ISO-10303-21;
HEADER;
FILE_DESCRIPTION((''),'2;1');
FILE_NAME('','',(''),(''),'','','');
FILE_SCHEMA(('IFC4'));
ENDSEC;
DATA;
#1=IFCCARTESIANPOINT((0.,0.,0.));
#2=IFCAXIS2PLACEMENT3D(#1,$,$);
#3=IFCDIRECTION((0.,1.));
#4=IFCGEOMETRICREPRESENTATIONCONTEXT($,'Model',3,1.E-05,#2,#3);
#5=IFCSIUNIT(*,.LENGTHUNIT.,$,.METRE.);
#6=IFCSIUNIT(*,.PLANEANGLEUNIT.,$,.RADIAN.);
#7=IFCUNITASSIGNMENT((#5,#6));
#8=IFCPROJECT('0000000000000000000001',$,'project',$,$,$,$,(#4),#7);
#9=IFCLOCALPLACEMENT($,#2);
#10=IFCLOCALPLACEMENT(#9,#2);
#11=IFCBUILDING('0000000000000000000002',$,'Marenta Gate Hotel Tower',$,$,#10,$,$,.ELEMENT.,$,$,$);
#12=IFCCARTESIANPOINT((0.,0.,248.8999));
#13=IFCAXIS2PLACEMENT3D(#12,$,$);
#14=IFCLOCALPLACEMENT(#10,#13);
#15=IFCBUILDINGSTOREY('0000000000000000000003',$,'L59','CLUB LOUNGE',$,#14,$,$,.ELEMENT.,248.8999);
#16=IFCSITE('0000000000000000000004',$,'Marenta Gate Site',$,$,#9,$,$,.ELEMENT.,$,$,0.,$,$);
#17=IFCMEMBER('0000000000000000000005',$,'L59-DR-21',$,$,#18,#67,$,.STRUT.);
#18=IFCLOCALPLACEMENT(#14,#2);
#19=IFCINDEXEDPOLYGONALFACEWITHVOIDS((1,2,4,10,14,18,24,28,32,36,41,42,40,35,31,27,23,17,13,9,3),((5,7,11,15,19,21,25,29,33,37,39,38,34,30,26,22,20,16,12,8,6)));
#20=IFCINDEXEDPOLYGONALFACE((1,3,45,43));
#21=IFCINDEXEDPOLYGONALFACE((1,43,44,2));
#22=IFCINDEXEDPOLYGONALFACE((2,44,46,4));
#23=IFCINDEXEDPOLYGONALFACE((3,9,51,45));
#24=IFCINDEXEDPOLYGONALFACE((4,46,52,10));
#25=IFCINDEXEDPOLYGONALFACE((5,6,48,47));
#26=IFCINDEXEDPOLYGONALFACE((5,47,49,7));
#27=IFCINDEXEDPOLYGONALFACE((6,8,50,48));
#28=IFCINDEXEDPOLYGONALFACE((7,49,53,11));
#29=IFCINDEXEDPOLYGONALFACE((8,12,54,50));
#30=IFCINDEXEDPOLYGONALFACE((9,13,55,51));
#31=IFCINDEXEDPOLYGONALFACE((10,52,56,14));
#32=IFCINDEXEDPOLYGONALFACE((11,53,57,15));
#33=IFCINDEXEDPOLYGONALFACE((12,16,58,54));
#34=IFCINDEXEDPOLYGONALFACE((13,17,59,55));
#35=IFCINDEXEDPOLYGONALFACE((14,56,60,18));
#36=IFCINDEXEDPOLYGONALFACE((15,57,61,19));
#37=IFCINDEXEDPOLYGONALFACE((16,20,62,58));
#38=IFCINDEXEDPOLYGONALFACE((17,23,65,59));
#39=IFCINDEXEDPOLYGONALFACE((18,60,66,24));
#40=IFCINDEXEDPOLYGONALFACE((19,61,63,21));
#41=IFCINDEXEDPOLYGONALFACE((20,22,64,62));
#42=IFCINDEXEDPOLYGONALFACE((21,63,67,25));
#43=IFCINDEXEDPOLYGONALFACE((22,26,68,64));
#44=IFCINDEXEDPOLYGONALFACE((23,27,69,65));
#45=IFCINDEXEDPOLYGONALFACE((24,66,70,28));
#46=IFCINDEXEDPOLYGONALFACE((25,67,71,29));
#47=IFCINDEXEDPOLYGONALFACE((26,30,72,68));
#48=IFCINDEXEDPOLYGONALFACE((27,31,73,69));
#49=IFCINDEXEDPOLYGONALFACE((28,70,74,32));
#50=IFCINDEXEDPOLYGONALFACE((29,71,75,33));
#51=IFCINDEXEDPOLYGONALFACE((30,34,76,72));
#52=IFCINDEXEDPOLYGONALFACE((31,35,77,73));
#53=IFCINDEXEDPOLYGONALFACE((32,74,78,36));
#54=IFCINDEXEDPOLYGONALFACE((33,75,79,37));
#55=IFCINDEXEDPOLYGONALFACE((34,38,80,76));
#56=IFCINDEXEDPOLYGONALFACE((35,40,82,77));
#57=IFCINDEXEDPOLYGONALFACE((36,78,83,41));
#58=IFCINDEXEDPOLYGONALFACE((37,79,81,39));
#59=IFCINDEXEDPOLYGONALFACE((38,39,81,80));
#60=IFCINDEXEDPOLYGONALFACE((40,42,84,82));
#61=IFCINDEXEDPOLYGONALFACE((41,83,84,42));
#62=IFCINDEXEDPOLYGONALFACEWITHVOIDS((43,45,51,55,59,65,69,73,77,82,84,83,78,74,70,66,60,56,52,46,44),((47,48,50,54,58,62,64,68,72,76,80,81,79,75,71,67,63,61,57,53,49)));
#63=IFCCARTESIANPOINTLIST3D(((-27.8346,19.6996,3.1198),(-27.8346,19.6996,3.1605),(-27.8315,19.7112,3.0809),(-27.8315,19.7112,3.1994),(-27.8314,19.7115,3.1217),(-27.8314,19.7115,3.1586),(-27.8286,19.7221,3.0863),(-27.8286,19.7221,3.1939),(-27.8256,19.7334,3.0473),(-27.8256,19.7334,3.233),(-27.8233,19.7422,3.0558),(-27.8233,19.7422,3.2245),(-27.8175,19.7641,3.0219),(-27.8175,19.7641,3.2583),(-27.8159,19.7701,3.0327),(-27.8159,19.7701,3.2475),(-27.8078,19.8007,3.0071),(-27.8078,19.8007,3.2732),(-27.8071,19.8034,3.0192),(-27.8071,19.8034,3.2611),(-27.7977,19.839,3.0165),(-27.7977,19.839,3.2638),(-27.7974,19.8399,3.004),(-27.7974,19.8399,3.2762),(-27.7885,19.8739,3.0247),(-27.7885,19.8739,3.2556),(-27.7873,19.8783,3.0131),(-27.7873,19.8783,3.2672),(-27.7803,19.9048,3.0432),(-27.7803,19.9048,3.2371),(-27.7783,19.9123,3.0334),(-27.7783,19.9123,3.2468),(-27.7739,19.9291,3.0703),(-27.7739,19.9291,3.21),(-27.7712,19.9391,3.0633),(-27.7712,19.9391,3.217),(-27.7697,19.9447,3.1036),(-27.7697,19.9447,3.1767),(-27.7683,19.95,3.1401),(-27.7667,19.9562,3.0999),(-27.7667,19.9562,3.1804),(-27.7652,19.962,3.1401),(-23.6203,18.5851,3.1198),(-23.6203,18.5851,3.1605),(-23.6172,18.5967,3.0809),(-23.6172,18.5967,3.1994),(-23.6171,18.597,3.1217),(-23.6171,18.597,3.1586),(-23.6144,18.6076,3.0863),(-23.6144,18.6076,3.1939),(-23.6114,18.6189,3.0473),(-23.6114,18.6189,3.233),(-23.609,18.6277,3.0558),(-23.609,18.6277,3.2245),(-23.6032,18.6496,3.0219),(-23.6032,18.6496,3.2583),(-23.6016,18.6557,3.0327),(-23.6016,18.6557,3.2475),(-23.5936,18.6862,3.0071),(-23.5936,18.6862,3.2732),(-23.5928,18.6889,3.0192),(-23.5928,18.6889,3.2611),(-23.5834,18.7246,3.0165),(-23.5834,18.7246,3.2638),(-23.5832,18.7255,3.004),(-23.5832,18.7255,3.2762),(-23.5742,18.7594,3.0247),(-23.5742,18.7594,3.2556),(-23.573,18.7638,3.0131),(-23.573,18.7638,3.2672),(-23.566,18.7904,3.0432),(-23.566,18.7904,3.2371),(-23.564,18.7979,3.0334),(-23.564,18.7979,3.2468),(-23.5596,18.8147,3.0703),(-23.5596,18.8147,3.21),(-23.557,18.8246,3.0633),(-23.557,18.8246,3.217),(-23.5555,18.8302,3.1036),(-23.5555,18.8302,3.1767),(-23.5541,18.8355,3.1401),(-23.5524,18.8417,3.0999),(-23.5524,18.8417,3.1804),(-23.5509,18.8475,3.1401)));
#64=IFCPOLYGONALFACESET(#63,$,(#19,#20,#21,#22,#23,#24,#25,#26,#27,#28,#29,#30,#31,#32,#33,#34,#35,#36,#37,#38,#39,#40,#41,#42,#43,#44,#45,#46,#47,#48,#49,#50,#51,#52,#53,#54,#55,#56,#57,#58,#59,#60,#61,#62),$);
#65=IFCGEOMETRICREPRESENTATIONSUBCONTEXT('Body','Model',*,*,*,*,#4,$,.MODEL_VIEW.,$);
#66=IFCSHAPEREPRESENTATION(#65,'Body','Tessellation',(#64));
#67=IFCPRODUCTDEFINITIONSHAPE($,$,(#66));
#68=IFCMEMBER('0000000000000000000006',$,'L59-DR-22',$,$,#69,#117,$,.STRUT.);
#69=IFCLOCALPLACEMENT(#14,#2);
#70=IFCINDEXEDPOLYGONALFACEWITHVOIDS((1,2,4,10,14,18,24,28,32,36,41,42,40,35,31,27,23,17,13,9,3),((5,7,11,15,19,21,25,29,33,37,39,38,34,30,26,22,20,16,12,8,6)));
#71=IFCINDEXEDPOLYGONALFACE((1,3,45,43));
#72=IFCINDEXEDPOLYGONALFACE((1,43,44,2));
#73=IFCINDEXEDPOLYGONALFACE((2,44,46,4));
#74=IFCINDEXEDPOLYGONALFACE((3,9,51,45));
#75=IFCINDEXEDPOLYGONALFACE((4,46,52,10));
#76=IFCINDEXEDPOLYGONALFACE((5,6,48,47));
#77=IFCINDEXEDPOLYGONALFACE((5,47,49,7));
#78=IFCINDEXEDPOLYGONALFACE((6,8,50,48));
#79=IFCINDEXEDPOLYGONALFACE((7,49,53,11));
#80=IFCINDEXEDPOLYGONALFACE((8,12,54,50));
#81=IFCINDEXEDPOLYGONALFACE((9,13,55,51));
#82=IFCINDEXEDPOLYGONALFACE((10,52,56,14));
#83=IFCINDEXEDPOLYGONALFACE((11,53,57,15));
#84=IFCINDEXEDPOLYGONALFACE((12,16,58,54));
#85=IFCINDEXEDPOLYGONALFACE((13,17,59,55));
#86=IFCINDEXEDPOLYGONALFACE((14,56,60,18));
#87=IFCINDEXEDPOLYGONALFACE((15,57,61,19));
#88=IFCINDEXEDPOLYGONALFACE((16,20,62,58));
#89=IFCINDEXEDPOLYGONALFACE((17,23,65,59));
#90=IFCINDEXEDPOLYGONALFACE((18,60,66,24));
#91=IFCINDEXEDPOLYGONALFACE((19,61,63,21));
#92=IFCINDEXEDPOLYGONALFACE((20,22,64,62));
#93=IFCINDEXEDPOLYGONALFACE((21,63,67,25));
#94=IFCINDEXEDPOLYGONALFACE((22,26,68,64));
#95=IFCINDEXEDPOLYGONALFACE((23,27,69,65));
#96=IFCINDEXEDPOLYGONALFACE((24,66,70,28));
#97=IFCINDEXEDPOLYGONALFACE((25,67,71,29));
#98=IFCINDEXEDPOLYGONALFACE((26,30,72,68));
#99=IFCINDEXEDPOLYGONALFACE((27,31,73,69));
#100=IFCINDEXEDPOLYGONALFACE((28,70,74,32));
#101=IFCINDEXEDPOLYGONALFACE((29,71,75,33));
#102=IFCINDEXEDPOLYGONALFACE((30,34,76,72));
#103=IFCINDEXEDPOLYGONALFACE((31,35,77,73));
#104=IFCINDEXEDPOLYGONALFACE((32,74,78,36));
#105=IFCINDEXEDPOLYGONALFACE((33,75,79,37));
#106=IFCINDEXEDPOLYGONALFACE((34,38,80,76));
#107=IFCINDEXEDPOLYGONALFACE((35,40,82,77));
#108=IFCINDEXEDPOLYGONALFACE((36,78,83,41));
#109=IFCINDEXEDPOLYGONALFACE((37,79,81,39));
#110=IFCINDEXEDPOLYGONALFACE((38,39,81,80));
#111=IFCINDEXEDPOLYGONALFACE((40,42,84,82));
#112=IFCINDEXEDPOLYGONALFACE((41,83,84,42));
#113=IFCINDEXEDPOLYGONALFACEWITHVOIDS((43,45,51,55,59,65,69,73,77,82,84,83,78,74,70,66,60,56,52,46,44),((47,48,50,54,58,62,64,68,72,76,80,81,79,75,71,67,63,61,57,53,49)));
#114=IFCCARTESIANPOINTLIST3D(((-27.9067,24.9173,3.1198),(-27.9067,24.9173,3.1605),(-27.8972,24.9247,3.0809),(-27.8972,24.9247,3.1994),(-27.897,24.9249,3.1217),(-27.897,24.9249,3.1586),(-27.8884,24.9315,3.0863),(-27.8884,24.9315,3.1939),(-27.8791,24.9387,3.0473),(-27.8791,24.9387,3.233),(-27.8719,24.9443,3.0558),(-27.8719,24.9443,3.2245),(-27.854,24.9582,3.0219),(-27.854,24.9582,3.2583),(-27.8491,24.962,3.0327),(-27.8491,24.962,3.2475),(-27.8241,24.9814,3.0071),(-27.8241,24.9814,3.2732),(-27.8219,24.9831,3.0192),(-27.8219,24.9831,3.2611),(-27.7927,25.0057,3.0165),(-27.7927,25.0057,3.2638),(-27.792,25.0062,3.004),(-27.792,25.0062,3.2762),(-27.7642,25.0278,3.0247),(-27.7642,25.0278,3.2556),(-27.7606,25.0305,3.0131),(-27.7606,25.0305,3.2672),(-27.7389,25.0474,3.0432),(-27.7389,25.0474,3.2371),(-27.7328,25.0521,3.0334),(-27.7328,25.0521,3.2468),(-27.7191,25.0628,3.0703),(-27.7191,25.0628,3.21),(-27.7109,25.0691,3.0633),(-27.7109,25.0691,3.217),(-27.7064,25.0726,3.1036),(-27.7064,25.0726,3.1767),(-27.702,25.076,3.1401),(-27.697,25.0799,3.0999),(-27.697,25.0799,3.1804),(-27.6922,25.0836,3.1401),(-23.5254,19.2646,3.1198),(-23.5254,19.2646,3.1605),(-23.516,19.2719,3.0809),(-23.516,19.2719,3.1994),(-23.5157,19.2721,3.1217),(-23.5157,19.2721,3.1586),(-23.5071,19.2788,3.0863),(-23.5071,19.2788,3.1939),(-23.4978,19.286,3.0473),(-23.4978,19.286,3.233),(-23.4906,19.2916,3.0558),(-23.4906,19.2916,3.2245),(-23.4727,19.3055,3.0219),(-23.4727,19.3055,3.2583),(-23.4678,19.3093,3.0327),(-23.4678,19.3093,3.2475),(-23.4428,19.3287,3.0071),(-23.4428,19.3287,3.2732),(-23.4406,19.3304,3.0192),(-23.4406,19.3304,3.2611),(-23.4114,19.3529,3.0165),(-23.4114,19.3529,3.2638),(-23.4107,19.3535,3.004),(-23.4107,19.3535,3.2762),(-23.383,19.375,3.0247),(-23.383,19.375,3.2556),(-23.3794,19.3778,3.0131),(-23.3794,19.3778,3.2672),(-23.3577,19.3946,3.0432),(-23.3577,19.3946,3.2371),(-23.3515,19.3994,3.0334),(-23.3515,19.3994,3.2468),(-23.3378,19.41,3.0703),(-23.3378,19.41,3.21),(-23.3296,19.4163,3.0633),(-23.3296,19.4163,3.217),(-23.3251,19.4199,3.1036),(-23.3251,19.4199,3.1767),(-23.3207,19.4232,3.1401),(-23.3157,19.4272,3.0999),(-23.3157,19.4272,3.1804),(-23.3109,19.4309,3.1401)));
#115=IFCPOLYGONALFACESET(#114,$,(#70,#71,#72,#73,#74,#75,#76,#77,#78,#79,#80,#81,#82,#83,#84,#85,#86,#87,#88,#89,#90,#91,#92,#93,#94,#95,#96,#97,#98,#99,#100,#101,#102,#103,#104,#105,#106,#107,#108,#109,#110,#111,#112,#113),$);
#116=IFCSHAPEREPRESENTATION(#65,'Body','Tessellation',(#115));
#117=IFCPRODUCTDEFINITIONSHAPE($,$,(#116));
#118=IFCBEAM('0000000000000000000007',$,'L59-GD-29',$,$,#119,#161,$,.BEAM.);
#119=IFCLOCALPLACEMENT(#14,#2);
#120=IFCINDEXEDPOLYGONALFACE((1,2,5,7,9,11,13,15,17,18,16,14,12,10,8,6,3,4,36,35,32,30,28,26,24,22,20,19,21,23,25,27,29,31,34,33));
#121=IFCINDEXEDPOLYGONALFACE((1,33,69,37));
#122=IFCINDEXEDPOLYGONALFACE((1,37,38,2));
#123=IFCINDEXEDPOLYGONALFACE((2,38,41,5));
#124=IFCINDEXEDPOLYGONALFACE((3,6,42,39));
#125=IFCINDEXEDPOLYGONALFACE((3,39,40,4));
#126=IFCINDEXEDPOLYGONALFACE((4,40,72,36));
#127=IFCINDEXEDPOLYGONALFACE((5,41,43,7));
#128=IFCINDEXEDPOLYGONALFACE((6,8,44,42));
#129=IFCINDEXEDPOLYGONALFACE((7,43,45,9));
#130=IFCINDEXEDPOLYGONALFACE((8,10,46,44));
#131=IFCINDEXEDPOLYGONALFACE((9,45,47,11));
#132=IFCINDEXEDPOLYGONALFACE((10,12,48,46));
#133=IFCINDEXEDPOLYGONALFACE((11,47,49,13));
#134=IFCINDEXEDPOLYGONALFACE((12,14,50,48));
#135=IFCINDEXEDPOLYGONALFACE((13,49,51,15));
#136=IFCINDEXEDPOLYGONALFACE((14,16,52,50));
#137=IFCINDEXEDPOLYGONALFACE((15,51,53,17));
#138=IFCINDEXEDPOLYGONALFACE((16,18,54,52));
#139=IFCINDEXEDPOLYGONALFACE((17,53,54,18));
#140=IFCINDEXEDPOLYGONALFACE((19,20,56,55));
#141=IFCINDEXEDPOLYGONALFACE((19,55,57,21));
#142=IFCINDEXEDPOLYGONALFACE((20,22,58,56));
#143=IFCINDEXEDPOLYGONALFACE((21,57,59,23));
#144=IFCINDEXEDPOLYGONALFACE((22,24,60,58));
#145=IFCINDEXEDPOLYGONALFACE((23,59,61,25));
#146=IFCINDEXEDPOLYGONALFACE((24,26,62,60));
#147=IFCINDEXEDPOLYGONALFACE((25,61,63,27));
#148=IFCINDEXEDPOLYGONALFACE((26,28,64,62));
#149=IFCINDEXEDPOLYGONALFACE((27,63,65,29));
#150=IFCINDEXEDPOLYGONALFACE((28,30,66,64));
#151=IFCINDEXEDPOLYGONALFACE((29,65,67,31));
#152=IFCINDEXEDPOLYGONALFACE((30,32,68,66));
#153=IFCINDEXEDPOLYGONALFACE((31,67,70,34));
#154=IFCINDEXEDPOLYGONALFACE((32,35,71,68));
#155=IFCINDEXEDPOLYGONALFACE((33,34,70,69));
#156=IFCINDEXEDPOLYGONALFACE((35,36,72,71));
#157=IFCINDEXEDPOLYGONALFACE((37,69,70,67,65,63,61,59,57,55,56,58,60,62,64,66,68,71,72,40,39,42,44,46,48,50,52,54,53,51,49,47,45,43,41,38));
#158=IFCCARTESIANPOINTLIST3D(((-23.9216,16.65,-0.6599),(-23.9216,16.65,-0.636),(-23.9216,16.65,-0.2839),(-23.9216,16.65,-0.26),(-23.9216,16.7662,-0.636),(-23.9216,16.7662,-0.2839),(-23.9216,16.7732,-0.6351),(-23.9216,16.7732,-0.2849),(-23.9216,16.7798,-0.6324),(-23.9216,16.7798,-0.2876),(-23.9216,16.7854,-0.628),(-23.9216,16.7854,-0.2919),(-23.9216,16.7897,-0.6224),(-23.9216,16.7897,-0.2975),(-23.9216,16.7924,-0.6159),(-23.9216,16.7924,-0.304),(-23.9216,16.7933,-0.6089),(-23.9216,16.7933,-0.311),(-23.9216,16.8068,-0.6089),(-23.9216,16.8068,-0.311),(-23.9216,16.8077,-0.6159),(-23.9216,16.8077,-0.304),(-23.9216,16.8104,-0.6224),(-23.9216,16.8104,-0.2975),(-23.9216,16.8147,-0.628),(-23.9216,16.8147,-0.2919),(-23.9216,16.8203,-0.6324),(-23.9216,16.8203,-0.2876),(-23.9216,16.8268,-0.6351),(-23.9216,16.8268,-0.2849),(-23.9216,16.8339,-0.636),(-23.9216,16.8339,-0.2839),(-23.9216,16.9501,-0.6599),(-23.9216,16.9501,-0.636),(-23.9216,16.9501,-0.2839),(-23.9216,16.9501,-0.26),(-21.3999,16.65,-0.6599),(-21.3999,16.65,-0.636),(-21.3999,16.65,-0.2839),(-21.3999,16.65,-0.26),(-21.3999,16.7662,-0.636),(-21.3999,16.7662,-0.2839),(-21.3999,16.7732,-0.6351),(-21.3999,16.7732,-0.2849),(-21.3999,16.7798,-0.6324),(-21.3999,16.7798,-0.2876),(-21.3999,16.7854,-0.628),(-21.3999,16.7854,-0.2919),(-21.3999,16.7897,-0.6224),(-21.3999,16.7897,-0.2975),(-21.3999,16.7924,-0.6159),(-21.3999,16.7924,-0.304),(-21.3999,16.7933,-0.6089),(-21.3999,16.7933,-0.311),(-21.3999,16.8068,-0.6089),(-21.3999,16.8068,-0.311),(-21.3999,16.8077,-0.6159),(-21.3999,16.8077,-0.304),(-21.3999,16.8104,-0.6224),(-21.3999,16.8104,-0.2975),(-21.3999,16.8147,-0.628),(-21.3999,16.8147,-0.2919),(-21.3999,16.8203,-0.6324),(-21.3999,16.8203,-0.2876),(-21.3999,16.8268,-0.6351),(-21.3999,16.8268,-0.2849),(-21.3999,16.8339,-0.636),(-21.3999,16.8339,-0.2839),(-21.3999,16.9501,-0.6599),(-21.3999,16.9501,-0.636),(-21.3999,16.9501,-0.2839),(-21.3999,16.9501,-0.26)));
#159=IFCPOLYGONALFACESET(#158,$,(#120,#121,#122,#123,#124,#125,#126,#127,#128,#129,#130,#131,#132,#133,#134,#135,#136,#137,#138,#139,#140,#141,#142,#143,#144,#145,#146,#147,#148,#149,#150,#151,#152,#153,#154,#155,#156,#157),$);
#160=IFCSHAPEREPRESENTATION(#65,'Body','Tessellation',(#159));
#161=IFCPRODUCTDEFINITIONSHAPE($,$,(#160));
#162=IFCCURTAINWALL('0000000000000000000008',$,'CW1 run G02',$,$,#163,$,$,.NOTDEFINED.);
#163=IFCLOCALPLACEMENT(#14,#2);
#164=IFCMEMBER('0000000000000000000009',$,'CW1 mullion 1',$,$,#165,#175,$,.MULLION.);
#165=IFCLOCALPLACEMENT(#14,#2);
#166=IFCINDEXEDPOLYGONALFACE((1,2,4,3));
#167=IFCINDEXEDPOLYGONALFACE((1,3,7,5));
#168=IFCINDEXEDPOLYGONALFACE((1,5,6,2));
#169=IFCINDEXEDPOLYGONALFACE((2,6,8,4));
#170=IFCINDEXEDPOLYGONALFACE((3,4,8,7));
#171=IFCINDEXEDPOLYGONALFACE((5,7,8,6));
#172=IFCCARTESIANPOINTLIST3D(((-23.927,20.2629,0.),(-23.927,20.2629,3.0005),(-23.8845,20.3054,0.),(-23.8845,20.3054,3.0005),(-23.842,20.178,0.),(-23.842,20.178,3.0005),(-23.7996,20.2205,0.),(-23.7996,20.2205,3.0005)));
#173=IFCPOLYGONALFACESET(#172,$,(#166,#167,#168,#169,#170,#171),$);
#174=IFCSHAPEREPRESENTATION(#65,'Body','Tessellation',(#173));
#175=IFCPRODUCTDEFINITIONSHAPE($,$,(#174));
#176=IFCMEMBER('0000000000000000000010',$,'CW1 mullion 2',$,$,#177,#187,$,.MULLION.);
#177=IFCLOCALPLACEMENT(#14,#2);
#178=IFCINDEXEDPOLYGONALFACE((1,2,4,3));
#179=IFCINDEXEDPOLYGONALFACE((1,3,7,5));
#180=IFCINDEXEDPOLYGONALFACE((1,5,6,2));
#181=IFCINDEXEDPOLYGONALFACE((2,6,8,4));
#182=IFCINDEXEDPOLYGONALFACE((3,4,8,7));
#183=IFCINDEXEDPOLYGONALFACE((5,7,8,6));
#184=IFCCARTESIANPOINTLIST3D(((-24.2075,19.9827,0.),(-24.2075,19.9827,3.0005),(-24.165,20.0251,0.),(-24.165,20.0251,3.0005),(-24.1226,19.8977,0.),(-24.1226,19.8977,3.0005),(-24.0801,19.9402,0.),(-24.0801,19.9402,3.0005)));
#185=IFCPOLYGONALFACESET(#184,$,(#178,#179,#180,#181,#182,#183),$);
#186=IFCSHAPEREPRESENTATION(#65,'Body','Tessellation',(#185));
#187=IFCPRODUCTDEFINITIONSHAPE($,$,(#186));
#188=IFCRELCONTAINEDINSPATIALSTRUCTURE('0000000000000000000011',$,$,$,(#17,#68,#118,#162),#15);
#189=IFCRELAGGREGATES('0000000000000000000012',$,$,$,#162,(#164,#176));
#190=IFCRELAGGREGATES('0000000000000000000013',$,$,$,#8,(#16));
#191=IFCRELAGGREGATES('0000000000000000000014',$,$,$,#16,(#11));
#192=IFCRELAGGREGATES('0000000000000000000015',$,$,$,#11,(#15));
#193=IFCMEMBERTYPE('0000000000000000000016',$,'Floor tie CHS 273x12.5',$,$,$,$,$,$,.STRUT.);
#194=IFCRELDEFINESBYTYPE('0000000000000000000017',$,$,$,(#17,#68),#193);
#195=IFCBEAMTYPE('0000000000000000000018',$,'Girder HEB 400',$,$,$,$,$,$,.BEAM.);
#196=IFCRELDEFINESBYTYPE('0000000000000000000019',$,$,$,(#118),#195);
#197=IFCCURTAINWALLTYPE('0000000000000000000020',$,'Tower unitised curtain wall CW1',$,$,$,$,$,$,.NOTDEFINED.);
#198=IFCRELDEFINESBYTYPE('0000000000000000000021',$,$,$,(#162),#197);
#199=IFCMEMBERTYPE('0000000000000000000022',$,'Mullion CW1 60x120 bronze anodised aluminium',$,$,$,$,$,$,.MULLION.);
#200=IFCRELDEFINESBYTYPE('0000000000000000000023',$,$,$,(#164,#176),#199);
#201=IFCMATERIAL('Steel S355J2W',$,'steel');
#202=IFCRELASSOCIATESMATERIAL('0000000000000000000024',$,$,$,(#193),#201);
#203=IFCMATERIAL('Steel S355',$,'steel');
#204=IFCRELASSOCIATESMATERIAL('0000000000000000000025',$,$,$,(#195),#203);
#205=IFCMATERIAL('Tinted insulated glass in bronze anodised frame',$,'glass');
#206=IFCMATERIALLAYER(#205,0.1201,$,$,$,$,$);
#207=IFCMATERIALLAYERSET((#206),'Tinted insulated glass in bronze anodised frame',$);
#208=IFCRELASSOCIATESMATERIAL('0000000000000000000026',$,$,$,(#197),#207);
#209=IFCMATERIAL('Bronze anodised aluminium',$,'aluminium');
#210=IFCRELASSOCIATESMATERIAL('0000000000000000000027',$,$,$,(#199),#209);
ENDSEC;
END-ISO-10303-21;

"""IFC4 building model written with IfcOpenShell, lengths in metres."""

from ifc_helpers import new_model, si_unit, direction, frame, origin, origin_2d, place, context, subcontext, project, spatial, rectangle, hollow_circle, i_section, extrude, material, layer, layer_set, material_profile, profile_set, type_object, element, aggregate, save


model = new_model("IFC4")

# Units and contexts
model_context = context("Model", 3, precision=1e-05, world=origin(), true_north=direction((0.0, 1.0)))
body_context = subcontext(model_context, "Body", "Model", "MODEL_VIEW")
ifc_project = project(units=[si_unit("LENGTHUNIT", "METRE"), si_unit("PLANEANGLEUNIT", "RADIAN")], contexts=[model_context])

# Site, building, storey
site_placement = place(None, origin())
site = spatial("IfcSite", under=ifc_project, at=site_placement, Name="Marenta Gate Site", CompositionType="ELEMENT", RefElevation=0.0)
building_placement = place(site_placement, origin())
building = spatial("IfcBuilding", under=site, at=building_placement, Name="Marenta Gate Hotel Tower", CompositionType="ELEMENT")
storey_placement = place(building_placement, frame((0.0, 0.0, 248.8999)))
storey = spatial("IfcBuildingStorey", under=building, at=storey_placement, Name="L59", Description="CLUB LOUNGE", CompositionType="ELEMENT", Elevation=248.8999)

# Members
ifc_material_1 = material(Name="Steel S355J2W", Category="steel")
ifc_material_profile_1 = material_profile(ifc_material_1, hollow_circle(Radius=0.1365, WallThickness=0.0125, at=origin_2d()), Name="CHS 273x12.5")
ifc_profile_set_1 = profile_set([ifc_material_profile_1], Name="Steel S355J2W")
member_type_1 = type_object("IfcMemberType", Name="Floor tie CHS 273x12.5", PredefinedType="STRUT", material=ifc_profile_set_1)
member_1_placement = place(storey_placement, frame((-27.8, 19.8301, 3.1401), z_axis=(0.966766, -0.255665, 0.0), x_axis=(0.255665, 0.966766, 0.0)))
element("IfcMember", 1, at=member_1_placement, inside=storey, type_object=member_type_1, Name="L59-DR-21", PredefinedType="STRUT", context=body_context, shape_type="SweptSolid", body=[
    extrude(hollow_circle(Radius=0.1365, WallThickness=0.0125, at=origin_2d()), origin(), (0.0, 0.0, 1.0), 4.3591),
])
member_2_placement = place(storey_placement, frame((-27.8, 25.0, 3.1401), z_axis=(0.612607, -0.790388, 0.0), x_axis=(0.790388, 0.612607, 0.0)))
element("IfcMember", 2, at=member_2_placement, inside=storey, type_object=member_type_1, Name="L59-DR-22", PredefinedType="STRUT", context=body_context, shape_type="SweptSolid", body=[
    extrude(hollow_circle(Radius=0.1365, WallThickness=0.0125, at=origin_2d()), origin(), (0.0, 0.0, 1.0), 7.1519),
])

# Beam
ifc_material_2 = material(Name="Steel S355", Category="steel")
ifc_material_profile_2 = material_profile(ifc_material_2, i_section(OverallWidth=0.3, OverallDepth=0.3999, WebThickness=0.0134, FlangeThickness=0.0239, FilletRadius=0.0271, at=origin_2d()), Name="HEB 400")
ifc_profile_set_2 = profile_set([ifc_material_profile_2], Name="Steel S355")
beam_type_1 = type_object("IfcBeamType", Name="Girder HEB 400", PredefinedType="BEAM", material=ifc_profile_set_2)
beam_1_placement = place(storey_placement, frame((-23.9216, 16.8, -0.46), z_axis=(1.0, 0.0, 0.0), x_axis=(0.0, 1.0, 0.0)))
element("IfcBeam", 3, at=beam_1_placement, inside=storey, type_object=beam_type_1, Name="L59-GD-29", PredefinedType="BEAM", context=body_context, shape_type="SweptSolid", body=[
    extrude(i_section(OverallWidth=0.3, OverallDepth=0.3999, WebThickness=0.0134, FlangeThickness=0.0239, FilletRadius=0.0271, at=origin_2d()), origin(), (0.0, 0.0, 1.0), 2.5217),
])

# Curtain wall, members
ifc_material_3 = material(Name="Tinted insulated glass in bronze anodised frame", Category="glass")
ifc_layer_1 = layer(ifc_material_3, 0.1201)
ifc_layer_set_1 = layer_set([ifc_layer_1], Name="Tinted insulated glass in bronze anodised frame")
curtain_wall_type = type_object("IfcCurtainWallType", Name="Tower unitised curtain wall CW1", PredefinedType="NOTDEFINED", material=ifc_layer_set_1)
curtain_wall_1_placement = place(storey_placement, origin())
curtain_wall_1 = element("IfcCurtainWall", 4, at=curtain_wall_1_placement, inside=storey, type_object=curtain_wall_type, Name="CW1 run G02", PredefinedType="NOTDEFINED")
ifc_material_4 = material(Name="Bronze anodised aluminium", Category="aluminium")
ifc_material_profile_3 = material_profile(ifc_material_4, rectangle(XDim=0.1201, YDim=0.0601, at=origin_2d()), Name="Mullion CW1 60x120 bronze anodised aluminium")
ifc_profile_set_3 = profile_set([ifc_material_profile_3], Name="Bronze anodised aluminium")
member_type_2 = type_object("IfcMemberType", Name="Mullion CW1 60x120 bronze anodised aluminium", PredefinedType="MULLION", material=ifc_profile_set_3)
member_3_placement = place(storey_placement, frame((-23.8633, 20.2417, 0.0), z_axis=(0.0, 0.0, 1.0), x_axis=(0.707107, -0.707107, 0.0)))
member_3 = element("IfcMember", 5, at=member_3_placement, type_object=member_type_2, Name="CW1 mullion 1", PredefinedType="MULLION", context=body_context, shape_type="SweptSolid", body=[
    extrude(rectangle(XDim=0.1201, YDim=0.0601, at=origin_2d()), origin(), (0.0, 0.0, 1.0), 3.0005),
])
member_4_placement = place(storey_placement, frame((-24.1438, 19.9614, 0.0), z_axis=(0.0, 0.0, 1.0), x_axis=(0.707107, -0.707107, 0.0)))
member_4 = element("IfcMember", 6, at=member_4_placement, type_object=member_type_2, Name="CW1 mullion 2", PredefinedType="MULLION", context=body_context, shape_type="SweptSolid", body=[
    extrude(rectangle(XDim=0.1201, YDim=0.0601, at=origin_2d()), origin(), (0.0, 0.0, 1.0), 3.0005),
])

aggregate(curtain_wall_1, [member_3, member_4])

save(model, "model.ifc")
